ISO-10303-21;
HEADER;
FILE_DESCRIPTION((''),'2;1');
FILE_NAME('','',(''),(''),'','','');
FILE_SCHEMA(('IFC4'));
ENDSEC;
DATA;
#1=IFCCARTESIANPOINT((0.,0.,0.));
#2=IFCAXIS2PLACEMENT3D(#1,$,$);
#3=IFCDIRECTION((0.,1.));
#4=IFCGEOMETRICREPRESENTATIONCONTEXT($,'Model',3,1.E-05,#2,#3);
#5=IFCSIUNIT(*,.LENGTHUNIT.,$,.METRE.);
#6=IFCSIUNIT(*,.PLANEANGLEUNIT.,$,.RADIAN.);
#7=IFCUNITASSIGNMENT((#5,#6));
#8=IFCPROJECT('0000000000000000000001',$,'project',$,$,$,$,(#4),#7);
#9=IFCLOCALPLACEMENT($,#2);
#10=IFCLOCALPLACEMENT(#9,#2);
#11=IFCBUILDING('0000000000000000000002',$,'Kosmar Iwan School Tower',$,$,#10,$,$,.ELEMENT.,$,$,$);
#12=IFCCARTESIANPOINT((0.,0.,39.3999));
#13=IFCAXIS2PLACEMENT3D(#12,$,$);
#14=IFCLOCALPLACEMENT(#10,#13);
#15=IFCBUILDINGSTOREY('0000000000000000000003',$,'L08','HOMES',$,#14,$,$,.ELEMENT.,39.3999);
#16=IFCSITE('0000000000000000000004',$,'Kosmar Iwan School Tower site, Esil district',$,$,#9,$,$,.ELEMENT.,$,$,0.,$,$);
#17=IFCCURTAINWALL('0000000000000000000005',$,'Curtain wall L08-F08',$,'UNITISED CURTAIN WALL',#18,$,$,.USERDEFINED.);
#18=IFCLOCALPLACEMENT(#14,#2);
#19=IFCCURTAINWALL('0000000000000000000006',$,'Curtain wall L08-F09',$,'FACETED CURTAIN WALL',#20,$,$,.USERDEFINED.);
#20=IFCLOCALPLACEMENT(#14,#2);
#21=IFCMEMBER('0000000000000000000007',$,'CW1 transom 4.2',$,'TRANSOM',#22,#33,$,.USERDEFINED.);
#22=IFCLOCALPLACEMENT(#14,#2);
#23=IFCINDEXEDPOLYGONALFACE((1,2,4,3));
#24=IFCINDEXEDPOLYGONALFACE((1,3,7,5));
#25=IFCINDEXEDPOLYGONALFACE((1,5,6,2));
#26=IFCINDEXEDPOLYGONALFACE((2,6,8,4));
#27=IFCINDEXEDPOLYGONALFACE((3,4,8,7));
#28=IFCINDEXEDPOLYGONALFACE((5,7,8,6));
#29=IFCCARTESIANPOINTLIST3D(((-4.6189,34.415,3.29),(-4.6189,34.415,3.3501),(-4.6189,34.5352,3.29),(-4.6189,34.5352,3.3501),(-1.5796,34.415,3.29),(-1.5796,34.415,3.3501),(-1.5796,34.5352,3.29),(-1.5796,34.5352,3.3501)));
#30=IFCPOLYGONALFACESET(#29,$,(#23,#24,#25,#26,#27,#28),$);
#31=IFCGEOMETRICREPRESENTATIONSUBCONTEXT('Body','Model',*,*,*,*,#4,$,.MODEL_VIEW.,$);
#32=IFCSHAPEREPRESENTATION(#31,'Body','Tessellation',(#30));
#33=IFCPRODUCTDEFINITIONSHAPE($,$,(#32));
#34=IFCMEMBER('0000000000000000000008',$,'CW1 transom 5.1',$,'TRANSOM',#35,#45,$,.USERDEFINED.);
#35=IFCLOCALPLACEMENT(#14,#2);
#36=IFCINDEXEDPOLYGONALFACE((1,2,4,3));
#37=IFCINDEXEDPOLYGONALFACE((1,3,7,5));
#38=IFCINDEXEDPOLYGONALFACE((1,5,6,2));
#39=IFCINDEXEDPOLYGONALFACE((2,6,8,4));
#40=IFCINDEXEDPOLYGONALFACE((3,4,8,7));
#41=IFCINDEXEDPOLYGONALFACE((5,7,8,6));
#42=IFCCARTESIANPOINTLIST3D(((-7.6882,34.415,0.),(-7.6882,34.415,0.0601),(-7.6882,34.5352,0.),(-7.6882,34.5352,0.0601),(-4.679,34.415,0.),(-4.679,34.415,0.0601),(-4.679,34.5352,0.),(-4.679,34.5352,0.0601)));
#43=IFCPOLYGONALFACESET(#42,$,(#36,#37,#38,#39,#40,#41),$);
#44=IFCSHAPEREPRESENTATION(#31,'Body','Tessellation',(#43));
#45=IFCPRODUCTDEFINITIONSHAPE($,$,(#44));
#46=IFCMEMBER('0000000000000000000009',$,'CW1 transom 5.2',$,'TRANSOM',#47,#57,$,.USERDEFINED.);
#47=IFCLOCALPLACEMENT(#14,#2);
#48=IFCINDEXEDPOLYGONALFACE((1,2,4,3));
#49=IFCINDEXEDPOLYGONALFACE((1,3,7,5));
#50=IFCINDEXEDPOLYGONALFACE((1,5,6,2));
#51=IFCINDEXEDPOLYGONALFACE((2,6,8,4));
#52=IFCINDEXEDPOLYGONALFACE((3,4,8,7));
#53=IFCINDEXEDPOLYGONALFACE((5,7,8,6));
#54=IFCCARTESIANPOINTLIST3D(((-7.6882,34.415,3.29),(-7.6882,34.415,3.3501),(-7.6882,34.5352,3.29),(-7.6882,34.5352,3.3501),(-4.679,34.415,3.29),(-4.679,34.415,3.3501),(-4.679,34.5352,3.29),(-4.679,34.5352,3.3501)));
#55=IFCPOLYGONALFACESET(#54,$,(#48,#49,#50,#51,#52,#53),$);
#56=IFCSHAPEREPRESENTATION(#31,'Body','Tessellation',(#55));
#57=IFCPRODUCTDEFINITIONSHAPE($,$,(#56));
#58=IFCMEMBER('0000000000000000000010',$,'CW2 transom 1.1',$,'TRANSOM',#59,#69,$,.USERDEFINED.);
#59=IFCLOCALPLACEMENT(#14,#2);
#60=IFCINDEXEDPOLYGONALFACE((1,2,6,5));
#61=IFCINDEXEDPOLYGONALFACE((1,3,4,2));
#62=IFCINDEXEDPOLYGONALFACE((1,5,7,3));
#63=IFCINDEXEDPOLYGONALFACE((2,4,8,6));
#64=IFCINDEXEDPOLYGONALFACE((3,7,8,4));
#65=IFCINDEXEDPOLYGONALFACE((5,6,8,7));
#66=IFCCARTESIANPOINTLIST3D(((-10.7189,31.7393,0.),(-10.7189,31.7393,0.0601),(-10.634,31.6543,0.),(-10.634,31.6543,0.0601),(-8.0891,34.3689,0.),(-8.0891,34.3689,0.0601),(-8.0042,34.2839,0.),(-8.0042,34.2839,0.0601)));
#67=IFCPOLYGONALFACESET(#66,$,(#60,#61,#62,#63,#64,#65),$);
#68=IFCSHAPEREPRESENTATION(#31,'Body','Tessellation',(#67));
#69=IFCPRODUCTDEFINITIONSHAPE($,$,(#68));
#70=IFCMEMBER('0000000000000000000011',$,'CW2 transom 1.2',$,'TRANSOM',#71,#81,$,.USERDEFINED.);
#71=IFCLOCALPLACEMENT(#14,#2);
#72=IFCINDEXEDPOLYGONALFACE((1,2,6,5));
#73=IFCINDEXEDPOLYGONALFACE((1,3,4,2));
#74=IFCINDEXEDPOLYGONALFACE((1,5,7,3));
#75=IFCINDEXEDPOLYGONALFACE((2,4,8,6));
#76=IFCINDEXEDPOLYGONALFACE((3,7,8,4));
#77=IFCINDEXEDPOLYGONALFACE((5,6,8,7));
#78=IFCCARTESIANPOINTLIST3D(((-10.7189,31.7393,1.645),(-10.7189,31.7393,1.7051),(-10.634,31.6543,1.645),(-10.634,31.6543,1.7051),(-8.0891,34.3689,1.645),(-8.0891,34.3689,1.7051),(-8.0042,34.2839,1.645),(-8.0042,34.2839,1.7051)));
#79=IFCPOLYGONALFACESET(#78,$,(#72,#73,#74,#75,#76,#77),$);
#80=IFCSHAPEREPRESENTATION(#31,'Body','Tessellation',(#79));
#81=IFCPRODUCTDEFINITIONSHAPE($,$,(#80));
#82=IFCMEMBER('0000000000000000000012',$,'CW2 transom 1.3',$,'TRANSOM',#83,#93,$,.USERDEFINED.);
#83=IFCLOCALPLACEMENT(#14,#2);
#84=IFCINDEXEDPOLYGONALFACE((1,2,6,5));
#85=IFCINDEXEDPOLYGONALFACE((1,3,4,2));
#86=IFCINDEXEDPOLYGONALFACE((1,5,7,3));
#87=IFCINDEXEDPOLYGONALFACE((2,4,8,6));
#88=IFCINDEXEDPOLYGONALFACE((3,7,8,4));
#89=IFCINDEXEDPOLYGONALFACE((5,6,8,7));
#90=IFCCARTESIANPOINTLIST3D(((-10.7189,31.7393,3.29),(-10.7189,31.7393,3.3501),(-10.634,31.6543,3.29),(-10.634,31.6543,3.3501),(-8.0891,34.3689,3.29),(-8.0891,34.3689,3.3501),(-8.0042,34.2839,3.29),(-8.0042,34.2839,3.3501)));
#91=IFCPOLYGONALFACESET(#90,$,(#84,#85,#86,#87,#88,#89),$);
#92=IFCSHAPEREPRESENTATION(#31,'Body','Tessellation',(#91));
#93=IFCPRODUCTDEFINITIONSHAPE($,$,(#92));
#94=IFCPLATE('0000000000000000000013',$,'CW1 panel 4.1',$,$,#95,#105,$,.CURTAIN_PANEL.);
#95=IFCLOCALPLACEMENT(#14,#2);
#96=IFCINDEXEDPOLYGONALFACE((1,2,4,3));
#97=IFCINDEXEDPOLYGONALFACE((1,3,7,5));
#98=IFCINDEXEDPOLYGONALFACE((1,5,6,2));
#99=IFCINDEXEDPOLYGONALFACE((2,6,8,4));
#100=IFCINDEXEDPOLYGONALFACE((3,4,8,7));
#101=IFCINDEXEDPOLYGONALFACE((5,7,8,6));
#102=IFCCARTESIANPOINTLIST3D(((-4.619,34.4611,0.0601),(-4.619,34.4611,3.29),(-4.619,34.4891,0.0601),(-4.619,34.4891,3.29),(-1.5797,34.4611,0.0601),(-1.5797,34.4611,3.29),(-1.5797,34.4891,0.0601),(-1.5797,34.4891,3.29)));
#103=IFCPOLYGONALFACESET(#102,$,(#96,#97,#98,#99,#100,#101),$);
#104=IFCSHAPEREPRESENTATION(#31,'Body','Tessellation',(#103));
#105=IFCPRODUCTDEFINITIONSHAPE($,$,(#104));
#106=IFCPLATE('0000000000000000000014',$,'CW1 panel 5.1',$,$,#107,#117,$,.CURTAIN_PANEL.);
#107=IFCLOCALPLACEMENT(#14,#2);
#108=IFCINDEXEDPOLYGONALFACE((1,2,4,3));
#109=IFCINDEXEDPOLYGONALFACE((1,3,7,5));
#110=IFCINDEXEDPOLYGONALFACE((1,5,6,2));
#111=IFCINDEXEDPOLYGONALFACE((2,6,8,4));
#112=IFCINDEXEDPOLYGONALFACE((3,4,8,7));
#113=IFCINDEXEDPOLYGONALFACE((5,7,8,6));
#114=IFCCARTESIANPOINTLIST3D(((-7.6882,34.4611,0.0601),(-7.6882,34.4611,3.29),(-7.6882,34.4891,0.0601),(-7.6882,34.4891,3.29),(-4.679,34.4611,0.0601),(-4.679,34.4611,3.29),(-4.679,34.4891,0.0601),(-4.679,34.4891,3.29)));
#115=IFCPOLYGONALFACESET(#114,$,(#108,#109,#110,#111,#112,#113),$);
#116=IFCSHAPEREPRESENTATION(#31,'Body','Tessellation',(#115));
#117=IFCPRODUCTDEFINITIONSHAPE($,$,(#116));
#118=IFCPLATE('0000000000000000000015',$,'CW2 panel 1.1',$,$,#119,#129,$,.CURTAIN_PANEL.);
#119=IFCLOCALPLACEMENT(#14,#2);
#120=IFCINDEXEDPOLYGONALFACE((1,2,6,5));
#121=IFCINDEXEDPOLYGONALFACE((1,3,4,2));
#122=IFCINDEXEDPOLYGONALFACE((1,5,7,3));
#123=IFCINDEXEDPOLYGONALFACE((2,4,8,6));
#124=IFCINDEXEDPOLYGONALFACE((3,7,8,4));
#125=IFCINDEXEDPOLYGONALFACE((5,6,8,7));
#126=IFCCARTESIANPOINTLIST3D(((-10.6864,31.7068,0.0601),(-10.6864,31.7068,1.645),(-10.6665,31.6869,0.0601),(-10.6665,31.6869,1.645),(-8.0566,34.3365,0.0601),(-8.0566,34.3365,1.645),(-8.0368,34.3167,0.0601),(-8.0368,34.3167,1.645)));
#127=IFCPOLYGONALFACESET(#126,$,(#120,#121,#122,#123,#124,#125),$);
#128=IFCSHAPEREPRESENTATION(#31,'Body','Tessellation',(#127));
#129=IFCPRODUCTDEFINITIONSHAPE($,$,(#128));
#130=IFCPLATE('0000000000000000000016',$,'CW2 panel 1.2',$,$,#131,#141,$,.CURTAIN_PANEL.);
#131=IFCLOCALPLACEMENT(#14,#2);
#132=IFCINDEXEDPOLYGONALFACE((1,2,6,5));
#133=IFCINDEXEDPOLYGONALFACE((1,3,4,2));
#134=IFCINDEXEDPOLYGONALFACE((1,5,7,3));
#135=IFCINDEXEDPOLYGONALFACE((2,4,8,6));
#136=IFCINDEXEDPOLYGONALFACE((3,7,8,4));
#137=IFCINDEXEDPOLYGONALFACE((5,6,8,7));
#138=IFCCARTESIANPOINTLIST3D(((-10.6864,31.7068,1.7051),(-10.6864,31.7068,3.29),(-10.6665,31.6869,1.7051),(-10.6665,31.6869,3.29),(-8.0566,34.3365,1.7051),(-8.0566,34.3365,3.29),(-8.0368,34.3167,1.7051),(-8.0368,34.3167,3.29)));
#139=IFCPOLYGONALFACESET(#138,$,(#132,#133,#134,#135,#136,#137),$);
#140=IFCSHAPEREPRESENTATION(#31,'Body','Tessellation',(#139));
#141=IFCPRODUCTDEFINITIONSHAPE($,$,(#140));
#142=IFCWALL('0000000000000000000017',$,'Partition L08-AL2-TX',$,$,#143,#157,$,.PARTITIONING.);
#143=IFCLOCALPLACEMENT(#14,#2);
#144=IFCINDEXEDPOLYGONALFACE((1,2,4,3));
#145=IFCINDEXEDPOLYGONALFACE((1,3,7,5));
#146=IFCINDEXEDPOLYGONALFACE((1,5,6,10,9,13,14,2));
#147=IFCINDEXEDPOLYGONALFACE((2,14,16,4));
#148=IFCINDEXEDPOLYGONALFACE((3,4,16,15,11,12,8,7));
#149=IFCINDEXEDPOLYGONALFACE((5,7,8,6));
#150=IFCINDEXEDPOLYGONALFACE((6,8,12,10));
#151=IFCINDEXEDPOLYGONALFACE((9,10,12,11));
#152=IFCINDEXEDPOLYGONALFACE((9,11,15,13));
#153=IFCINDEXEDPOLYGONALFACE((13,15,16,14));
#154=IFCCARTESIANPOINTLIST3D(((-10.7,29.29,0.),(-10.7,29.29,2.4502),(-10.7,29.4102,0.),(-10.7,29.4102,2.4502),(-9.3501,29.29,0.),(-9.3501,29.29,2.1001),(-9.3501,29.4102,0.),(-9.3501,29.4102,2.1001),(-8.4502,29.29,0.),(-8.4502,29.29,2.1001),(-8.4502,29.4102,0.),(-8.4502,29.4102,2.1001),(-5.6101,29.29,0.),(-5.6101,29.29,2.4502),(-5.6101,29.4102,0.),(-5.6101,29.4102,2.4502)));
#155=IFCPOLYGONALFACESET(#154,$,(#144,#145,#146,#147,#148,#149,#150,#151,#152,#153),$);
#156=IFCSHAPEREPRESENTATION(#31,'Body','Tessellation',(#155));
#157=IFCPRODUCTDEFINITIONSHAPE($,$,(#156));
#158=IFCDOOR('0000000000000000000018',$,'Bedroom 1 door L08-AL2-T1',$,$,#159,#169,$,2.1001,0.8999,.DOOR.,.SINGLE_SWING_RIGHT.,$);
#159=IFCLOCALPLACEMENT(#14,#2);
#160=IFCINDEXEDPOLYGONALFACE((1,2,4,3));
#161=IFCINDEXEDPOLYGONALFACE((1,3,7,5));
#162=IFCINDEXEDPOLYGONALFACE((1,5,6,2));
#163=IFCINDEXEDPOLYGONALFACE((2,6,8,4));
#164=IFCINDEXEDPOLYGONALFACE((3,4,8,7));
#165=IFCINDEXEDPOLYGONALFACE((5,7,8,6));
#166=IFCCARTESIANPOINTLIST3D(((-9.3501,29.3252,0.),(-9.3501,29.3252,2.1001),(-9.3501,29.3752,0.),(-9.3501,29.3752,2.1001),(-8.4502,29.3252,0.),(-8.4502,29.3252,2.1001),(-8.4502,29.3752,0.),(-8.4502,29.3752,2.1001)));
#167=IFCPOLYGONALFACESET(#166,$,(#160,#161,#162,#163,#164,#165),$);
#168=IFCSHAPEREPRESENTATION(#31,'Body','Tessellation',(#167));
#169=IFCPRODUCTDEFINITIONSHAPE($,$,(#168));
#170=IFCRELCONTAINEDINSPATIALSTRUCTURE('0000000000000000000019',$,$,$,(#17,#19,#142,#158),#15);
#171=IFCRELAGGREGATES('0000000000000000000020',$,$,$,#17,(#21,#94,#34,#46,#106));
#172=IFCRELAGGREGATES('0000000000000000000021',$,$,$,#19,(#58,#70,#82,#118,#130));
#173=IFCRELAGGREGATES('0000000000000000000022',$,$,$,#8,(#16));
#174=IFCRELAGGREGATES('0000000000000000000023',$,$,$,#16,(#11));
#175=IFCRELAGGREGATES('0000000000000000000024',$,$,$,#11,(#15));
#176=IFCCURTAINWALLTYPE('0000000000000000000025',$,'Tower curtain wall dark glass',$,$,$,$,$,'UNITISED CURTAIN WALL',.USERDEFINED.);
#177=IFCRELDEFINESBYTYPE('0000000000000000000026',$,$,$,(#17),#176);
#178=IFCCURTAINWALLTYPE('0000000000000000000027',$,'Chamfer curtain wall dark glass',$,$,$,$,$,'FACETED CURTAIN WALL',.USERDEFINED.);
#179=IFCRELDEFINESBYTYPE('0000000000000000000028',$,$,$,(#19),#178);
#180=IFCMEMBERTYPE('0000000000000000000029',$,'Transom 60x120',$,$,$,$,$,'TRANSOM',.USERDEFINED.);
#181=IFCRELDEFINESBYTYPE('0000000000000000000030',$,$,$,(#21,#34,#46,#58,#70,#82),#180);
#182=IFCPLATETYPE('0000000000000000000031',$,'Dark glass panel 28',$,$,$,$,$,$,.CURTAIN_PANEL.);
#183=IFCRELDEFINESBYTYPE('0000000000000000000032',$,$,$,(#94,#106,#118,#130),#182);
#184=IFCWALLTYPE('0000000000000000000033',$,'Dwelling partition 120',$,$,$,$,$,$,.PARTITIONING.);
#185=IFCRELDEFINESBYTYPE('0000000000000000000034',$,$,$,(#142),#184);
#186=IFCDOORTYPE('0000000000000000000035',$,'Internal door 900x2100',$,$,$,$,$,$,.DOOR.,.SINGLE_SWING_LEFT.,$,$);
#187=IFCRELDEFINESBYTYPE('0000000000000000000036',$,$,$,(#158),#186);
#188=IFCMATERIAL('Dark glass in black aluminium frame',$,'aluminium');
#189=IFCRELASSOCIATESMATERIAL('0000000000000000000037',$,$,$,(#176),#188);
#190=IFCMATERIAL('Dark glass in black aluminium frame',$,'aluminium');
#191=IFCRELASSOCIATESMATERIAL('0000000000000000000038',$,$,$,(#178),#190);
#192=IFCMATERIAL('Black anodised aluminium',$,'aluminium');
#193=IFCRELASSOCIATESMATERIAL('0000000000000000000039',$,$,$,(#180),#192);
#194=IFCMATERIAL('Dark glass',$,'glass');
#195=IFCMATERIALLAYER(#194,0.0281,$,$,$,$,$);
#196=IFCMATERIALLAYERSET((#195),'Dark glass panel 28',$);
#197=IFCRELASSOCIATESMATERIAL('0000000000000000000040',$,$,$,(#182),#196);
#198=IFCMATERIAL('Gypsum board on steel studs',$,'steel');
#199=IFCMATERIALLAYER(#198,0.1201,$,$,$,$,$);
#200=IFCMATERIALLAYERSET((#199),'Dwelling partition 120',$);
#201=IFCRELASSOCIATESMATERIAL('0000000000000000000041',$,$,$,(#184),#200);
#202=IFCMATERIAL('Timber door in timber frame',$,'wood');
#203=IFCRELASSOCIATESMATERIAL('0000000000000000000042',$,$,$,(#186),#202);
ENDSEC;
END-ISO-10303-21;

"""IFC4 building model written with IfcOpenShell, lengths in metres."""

from ifc_helpers import new_model, si_unit, direction, frame, frame_2d, origin, origin_2d, place, context, subcontext, project, spatial, rectangle, extrude, material, layer, layer_set, material_profile, profile_set, type_object, element, fill, aggregate, save


model = new_model("IFC4")

# Units and contexts
model_context = context("Model", 3, precision=1e-05, world=origin(), true_north=direction((0.0, 1.0)))
body_context = subcontext(model_context, "Body", "Model", "MODEL_VIEW")
ifc_project = project(units=[si_unit("LENGTHUNIT", "METRE"), si_unit("PLANEANGLEUNIT", "RADIAN")], contexts=[model_context])

# Site, building, storey
site_placement = place(None, origin())
site = spatial("IfcSite", under=ifc_project, at=site_placement, Name="Kosmar Iwan School Tower site, Esil district", CompositionType="ELEMENT", RefElevation=0.0)
building_placement = place(site_placement, origin())
building = spatial("IfcBuilding", under=site, at=building_placement, Name="Kosmar Iwan School Tower", CompositionType="ELEMENT")
storey_placement = place(building_placement, frame((0.0, 0.0, 39.3999)))
storey = spatial("IfcBuildingStorey", under=building, at=storey_placement, Name="L08", Description="HOMES", CompositionType="ELEMENT", Elevation=39.3999)

# Curtain walls
ifc_material_1 = material(Name="Dark glass in black aluminium frame", Category="aluminium")
curtain_wall_type_1 = type_object("IfcCurtainWallType", Name="Tower curtain wall dark glass", ElementType="UNITISED CURTAIN WALL", PredefinedType="USERDEFINED", material=ifc_material_1)
curtain_wall_1_placement = place(storey_placement, origin())
curtain_wall_1 = element("IfcCurtainWall", 1, at=curtain_wall_1_placement, inside=storey, type_object=curtain_wall_type_1, Name="Curtain wall L08-F08", ObjectType="UNITISED CURTAIN WALL", PredefinedType="USERDEFINED")
ifc_material_2 = material(Name="Dark glass in black aluminium frame", Category="aluminium")
curtain_wall_type_2 = type_object("IfcCurtainWallType", Name="Chamfer curtain wall dark glass", ElementType="FACETED CURTAIN WALL", PredefinedType="USERDEFINED", material=ifc_material_2)
curtain_wall_2_placement = place(storey_placement, origin())
curtain_wall_2 = element("IfcCurtainWall", 2, at=curtain_wall_2_placement, inside=storey, type_object=curtain_wall_type_2, Name="Curtain wall L08-F09", ObjectType="FACETED CURTAIN WALL", PredefinedType="USERDEFINED")

# Members
ifc_material_3 = material(Name="Black anodised aluminium", Category="aluminium")
ifc_material_profile_1 = material_profile(ifc_material_3, rectangle(XDim=0.1201, YDim=0.0601, at=origin_2d()), Name="TRANSOM 60x120")
ifc_profile_set_1 = profile_set([ifc_material_profile_1], Name="Black anodised aluminium")
member_type_1 = type_object("IfcMemberType", Name="Transom 60x120", ElementType="TRANSOM", PredefinedType="USERDEFINED", material=ifc_profile_set_1)
member_1_placement = place(storey_placement, frame((-1.5796, 34.4751, 3.3201), z_axis=(-1.0, 0.0, 0.0), x_axis=(0.0, -1.0, 0.0)))
member_1 = element("IfcMember", 3, at=member_1_placement, type_object=member_type_1, Name="CW1 transom 4.2", ObjectType="TRANSOM", PredefinedType="USERDEFINED", context=body_context, shape_type="SweptSolid", body=[
    extrude(rectangle(XDim=0.1201, YDim=0.0601, at=origin_2d()), origin(), (0.0, 0.0, 1.0), 3.0393),
])
member_2_placement = place(storey_placement, frame((-4.679, 34.4751, 0.03), z_axis=(-1.0, 0.0, 0.0), x_axis=(0.0, -1.0, 0.0)))
member_2 = element("IfcMember", 4, at=member_2_placement, type_object=member_type_1, Name="CW1 transom 5.1", ObjectType="TRANSOM", PredefinedType="USERDEFINED", context=body_context, shape_type="SweptSolid", body=[
    extrude(rectangle(XDim=0.1201, YDim=0.0601, at=origin_2d()), origin(), (0.0, 0.0, 1.0), 3.0093),
])
member_3_placement = place(storey_placement, frame((-4.679, 34.4751, 3.3201), z_axis=(-1.0, 0.0, 0.0), x_axis=(0.0, -1.0, 0.0)))
member_3 = element("IfcMember", 5, at=member_3_placement, type_object=member_type_1, Name="CW1 transom 5.2", ObjectType="TRANSOM", PredefinedType="USERDEFINED", context=body_context, shape_type="SweptSolid", body=[
    extrude(rectangle(XDim=0.1201, YDim=0.0601, at=origin_2d()), origin(), (0.0, 0.0, 1.0), 3.0093),
])
member_4_placement = place(storey_placement, frame((-8.0466, 34.3264, 0.03), z_axis=(-0.70714, -0.707074, 0.0), x_axis=(0.707074, -0.70714, 0.0)))
member_4 = element("IfcMember", 6, at=member_4_placement, type_object=member_type_1, Name="CW2 transom 1.1", ObjectType="TRANSOM", PredefinedType="USERDEFINED", context=body_context, shape_type="SweptSolid", body=[
    extrude(rectangle(XDim=0.1201, YDim=0.0601, at=origin_2d()), origin(), (0.0, 0.0, 1.0), 3.719),
])
member_5_placement = place(storey_placement, frame((-8.0466, 34.3264, 1.675), z_axis=(-0.70714, -0.707074, 0.0), x_axis=(0.707074, -0.70714, 0.0)))
member_5 = element("IfcMember", 7, at=member_5_placement, type_object=member_type_1, Name="CW2 transom 1.2", ObjectType="TRANSOM", PredefinedType="USERDEFINED", context=body_context, shape_type="SweptSolid", body=[
    extrude(rectangle(XDim=0.1201, YDim=0.0601, at=origin_2d()), origin(), (0.0, 0.0, 1.0), 3.719),
])
member_6_placement = place(storey_placement, frame((-8.0466, 34.3264, 3.3201), z_axis=(-0.70714, -0.707074, 0.0), x_axis=(0.707074, -0.70714, 0.0)))
member_6 = element("IfcMember", 8, at=member_6_placement, type_object=member_type_1, Name="CW2 transom 1.3", ObjectType="TRANSOM", PredefinedType="USERDEFINED", context=body_context, shape_type="SweptSolid", body=[
    extrude(rectangle(XDim=0.1201, YDim=0.0601, at=origin_2d()), origin(), (0.0, 0.0, 1.0), 3.719),
])

# Plates
ifc_material_4 = material(Name="Dark glass", Category="glass")
ifc_layer_1 = layer(ifc_material_4, 0.0281)
ifc_layer_set_1 = layer_set([ifc_layer_1], Name="Dark glass panel 28")
plate_type = type_object("IfcPlateType", Name="Dark glass panel 28", PredefinedType="CURTAIN_PANEL", material=ifc_layer_set_1)
plate_1_placement = place(storey_placement, frame((-3.0994, 34.4751, 0.0601), z_axis=(0.0, 0.0, 1.0), x_axis=(-1.0, 0.0, 0.0)))
plate_1 = element("IfcPlate", 9, at=plate_1_placement, type_object=plate_type, Name="CW1 panel 4.1", PredefinedType="CURTAIN_PANEL", context=body_context, shape_type="SweptSolid", body=[
    extrude(rectangle(XDim=3.0393, YDim=0.0281, at=origin_2d()), origin(), (0.0, 0.0, 1.0), 3.23),
])
plate_2_placement = place(storey_placement, frame((-6.1836, 34.4751, 0.0601), z_axis=(0.0, 0.0, 1.0), x_axis=(-1.0, 0.0, 0.0)))
plate_2 = element("IfcPlate", 10, at=plate_2_placement, type_object=plate_type, Name="CW1 panel 5.1", PredefinedType="CURTAIN_PANEL", context=body_context, shape_type="SweptSolid", body=[
    extrude(rectangle(XDim=3.0093, YDim=0.0281, at=origin_2d()), origin(), (0.0, 0.0, 1.0), 3.23),
])
aggregate(curtain_wall_1, [member_1, plate_1, member_2, member_3, plate_2])
plate_3_placement = place(storey_placement, frame((-9.3616, 33.0117, 0.0601), z_axis=(0.0, 0.0, 1.0), x_axis=(-0.707107, -0.707107, 0.0)))
plate_3 = element("IfcPlate", 11, at=plate_3_placement, type_object=plate_type, Name="CW2 panel 1.1", PredefinedType="CURTAIN_PANEL", context=body_context, shape_type="SweptSolid", body=[
    extrude(rectangle(XDim=3.719, YDim=0.0281, at=origin_2d()), origin(), (0.0, 0.0, 1.0), 1.585),
])
plate_4_placement = place(storey_placement, frame((-9.3616, 33.0117, 1.7051), z_axis=(0.0, 0.0, 1.0), x_axis=(-0.707107, -0.707107, 0.0)))
plate_4 = element("IfcPlate", 12, at=plate_4_placement, type_object=plate_type, Name="CW2 panel 1.2", PredefinedType="CURTAIN_PANEL", context=body_context, shape_type="SweptSolid", body=[
    extrude(rectangle(XDim=3.719, YDim=0.0281, at=origin_2d()), origin(), (0.0, 0.0, 1.0), 1.585),
])
aggregate(curtain_wall_2, [member_4, member_5, member_6, plate_3, plate_4])

# Wall, opening, door
ifc_material_5 = material(Name="Gypsum board on steel studs", Category="steel")
ifc_layer_2 = layer(ifc_material_5, 0.1201)
ifc_layer_set_2 = layer_set([ifc_layer_2], Name="Dwelling partition 120")
wall_type_1 = type_object("IfcWallType", Name="Dwelling partition 120", PredefinedType="PARTITIONING", material=ifc_layer_set_2)
wall_1_placement = place(storey_placement, frame((-5.6101, 29.3501, 0.0), z_axis=(0.0, 0.0, 1.0), x_axis=(-1.0, 0.0, 0.0)))
wall_1 = element("IfcWall", 13, at=wall_1_placement, inside=storey, type_object=wall_type_1, Name="Partition L08-AL2-TX", PredefinedType="PARTITIONING", context=body_context, shape_type="SweptSolid", body=[
    extrude(rectangle(XDim=5.0898, YDim=0.1201, at=frame_2d((2.5449, 0.0))), origin(), (0.0, 0.0, 1.0), 2.4502),
])
opening_1_placement = place(wall_1_placement, frame((2.8401, 0.0, 0.0)))
opening_1 = element("IfcOpeningElement", 14, at=opening_1_placement, cuts=wall_1, PredefinedType="OPENING", context=body_context, shape_type="SweptSolid", body=[
    extrude(rectangle(XDim=0.8999, YDim=2.1001, at=frame_2d((0.45, 1.05))), frame((0.0, 0.072, 0.0), z_axis=(0.0, -1.0, 0.0), x_axis=(1.0, 0.0, 0.0)), (0.0, 0.0, 1.0), 0.144),
])
ifc_material_6 = material(Name="Timber door in timber frame", Category="wood")
door_type_1 = type_object("IfcDoorType", Name="Internal door 900x2100", OperationType="SINGLE_SWING_LEFT", PredefinedType="DOOR", material=ifc_material_6)
door_1_placement = place(opening_1_placement, origin())
door_1 = element("IfcDoor", 15, at=door_1_placement, inside=storey, type_object=door_type_1, Name="Bedroom 1 door L08-AL2-T1", OperationType="SINGLE_SWING_RIGHT", OverallHeight=2.1001, OverallWidth=0.8999, PredefinedType="DOOR", context=body_context, shape_type="SweptSolid", body=[
    extrude(rectangle(XDim=0.8999, YDim=2.1001, at=frame_2d((0.45, 1.05))), frame((0.0, 0.0249, 0.0), z_axis=(0.0, -1.0, 0.0), x_axis=(1.0, 0.0, 0.0)), (0.0, 0.0, 1.0), 0.05),
])
fill(opening_1, door_1)

save(model, "model.ifc")
